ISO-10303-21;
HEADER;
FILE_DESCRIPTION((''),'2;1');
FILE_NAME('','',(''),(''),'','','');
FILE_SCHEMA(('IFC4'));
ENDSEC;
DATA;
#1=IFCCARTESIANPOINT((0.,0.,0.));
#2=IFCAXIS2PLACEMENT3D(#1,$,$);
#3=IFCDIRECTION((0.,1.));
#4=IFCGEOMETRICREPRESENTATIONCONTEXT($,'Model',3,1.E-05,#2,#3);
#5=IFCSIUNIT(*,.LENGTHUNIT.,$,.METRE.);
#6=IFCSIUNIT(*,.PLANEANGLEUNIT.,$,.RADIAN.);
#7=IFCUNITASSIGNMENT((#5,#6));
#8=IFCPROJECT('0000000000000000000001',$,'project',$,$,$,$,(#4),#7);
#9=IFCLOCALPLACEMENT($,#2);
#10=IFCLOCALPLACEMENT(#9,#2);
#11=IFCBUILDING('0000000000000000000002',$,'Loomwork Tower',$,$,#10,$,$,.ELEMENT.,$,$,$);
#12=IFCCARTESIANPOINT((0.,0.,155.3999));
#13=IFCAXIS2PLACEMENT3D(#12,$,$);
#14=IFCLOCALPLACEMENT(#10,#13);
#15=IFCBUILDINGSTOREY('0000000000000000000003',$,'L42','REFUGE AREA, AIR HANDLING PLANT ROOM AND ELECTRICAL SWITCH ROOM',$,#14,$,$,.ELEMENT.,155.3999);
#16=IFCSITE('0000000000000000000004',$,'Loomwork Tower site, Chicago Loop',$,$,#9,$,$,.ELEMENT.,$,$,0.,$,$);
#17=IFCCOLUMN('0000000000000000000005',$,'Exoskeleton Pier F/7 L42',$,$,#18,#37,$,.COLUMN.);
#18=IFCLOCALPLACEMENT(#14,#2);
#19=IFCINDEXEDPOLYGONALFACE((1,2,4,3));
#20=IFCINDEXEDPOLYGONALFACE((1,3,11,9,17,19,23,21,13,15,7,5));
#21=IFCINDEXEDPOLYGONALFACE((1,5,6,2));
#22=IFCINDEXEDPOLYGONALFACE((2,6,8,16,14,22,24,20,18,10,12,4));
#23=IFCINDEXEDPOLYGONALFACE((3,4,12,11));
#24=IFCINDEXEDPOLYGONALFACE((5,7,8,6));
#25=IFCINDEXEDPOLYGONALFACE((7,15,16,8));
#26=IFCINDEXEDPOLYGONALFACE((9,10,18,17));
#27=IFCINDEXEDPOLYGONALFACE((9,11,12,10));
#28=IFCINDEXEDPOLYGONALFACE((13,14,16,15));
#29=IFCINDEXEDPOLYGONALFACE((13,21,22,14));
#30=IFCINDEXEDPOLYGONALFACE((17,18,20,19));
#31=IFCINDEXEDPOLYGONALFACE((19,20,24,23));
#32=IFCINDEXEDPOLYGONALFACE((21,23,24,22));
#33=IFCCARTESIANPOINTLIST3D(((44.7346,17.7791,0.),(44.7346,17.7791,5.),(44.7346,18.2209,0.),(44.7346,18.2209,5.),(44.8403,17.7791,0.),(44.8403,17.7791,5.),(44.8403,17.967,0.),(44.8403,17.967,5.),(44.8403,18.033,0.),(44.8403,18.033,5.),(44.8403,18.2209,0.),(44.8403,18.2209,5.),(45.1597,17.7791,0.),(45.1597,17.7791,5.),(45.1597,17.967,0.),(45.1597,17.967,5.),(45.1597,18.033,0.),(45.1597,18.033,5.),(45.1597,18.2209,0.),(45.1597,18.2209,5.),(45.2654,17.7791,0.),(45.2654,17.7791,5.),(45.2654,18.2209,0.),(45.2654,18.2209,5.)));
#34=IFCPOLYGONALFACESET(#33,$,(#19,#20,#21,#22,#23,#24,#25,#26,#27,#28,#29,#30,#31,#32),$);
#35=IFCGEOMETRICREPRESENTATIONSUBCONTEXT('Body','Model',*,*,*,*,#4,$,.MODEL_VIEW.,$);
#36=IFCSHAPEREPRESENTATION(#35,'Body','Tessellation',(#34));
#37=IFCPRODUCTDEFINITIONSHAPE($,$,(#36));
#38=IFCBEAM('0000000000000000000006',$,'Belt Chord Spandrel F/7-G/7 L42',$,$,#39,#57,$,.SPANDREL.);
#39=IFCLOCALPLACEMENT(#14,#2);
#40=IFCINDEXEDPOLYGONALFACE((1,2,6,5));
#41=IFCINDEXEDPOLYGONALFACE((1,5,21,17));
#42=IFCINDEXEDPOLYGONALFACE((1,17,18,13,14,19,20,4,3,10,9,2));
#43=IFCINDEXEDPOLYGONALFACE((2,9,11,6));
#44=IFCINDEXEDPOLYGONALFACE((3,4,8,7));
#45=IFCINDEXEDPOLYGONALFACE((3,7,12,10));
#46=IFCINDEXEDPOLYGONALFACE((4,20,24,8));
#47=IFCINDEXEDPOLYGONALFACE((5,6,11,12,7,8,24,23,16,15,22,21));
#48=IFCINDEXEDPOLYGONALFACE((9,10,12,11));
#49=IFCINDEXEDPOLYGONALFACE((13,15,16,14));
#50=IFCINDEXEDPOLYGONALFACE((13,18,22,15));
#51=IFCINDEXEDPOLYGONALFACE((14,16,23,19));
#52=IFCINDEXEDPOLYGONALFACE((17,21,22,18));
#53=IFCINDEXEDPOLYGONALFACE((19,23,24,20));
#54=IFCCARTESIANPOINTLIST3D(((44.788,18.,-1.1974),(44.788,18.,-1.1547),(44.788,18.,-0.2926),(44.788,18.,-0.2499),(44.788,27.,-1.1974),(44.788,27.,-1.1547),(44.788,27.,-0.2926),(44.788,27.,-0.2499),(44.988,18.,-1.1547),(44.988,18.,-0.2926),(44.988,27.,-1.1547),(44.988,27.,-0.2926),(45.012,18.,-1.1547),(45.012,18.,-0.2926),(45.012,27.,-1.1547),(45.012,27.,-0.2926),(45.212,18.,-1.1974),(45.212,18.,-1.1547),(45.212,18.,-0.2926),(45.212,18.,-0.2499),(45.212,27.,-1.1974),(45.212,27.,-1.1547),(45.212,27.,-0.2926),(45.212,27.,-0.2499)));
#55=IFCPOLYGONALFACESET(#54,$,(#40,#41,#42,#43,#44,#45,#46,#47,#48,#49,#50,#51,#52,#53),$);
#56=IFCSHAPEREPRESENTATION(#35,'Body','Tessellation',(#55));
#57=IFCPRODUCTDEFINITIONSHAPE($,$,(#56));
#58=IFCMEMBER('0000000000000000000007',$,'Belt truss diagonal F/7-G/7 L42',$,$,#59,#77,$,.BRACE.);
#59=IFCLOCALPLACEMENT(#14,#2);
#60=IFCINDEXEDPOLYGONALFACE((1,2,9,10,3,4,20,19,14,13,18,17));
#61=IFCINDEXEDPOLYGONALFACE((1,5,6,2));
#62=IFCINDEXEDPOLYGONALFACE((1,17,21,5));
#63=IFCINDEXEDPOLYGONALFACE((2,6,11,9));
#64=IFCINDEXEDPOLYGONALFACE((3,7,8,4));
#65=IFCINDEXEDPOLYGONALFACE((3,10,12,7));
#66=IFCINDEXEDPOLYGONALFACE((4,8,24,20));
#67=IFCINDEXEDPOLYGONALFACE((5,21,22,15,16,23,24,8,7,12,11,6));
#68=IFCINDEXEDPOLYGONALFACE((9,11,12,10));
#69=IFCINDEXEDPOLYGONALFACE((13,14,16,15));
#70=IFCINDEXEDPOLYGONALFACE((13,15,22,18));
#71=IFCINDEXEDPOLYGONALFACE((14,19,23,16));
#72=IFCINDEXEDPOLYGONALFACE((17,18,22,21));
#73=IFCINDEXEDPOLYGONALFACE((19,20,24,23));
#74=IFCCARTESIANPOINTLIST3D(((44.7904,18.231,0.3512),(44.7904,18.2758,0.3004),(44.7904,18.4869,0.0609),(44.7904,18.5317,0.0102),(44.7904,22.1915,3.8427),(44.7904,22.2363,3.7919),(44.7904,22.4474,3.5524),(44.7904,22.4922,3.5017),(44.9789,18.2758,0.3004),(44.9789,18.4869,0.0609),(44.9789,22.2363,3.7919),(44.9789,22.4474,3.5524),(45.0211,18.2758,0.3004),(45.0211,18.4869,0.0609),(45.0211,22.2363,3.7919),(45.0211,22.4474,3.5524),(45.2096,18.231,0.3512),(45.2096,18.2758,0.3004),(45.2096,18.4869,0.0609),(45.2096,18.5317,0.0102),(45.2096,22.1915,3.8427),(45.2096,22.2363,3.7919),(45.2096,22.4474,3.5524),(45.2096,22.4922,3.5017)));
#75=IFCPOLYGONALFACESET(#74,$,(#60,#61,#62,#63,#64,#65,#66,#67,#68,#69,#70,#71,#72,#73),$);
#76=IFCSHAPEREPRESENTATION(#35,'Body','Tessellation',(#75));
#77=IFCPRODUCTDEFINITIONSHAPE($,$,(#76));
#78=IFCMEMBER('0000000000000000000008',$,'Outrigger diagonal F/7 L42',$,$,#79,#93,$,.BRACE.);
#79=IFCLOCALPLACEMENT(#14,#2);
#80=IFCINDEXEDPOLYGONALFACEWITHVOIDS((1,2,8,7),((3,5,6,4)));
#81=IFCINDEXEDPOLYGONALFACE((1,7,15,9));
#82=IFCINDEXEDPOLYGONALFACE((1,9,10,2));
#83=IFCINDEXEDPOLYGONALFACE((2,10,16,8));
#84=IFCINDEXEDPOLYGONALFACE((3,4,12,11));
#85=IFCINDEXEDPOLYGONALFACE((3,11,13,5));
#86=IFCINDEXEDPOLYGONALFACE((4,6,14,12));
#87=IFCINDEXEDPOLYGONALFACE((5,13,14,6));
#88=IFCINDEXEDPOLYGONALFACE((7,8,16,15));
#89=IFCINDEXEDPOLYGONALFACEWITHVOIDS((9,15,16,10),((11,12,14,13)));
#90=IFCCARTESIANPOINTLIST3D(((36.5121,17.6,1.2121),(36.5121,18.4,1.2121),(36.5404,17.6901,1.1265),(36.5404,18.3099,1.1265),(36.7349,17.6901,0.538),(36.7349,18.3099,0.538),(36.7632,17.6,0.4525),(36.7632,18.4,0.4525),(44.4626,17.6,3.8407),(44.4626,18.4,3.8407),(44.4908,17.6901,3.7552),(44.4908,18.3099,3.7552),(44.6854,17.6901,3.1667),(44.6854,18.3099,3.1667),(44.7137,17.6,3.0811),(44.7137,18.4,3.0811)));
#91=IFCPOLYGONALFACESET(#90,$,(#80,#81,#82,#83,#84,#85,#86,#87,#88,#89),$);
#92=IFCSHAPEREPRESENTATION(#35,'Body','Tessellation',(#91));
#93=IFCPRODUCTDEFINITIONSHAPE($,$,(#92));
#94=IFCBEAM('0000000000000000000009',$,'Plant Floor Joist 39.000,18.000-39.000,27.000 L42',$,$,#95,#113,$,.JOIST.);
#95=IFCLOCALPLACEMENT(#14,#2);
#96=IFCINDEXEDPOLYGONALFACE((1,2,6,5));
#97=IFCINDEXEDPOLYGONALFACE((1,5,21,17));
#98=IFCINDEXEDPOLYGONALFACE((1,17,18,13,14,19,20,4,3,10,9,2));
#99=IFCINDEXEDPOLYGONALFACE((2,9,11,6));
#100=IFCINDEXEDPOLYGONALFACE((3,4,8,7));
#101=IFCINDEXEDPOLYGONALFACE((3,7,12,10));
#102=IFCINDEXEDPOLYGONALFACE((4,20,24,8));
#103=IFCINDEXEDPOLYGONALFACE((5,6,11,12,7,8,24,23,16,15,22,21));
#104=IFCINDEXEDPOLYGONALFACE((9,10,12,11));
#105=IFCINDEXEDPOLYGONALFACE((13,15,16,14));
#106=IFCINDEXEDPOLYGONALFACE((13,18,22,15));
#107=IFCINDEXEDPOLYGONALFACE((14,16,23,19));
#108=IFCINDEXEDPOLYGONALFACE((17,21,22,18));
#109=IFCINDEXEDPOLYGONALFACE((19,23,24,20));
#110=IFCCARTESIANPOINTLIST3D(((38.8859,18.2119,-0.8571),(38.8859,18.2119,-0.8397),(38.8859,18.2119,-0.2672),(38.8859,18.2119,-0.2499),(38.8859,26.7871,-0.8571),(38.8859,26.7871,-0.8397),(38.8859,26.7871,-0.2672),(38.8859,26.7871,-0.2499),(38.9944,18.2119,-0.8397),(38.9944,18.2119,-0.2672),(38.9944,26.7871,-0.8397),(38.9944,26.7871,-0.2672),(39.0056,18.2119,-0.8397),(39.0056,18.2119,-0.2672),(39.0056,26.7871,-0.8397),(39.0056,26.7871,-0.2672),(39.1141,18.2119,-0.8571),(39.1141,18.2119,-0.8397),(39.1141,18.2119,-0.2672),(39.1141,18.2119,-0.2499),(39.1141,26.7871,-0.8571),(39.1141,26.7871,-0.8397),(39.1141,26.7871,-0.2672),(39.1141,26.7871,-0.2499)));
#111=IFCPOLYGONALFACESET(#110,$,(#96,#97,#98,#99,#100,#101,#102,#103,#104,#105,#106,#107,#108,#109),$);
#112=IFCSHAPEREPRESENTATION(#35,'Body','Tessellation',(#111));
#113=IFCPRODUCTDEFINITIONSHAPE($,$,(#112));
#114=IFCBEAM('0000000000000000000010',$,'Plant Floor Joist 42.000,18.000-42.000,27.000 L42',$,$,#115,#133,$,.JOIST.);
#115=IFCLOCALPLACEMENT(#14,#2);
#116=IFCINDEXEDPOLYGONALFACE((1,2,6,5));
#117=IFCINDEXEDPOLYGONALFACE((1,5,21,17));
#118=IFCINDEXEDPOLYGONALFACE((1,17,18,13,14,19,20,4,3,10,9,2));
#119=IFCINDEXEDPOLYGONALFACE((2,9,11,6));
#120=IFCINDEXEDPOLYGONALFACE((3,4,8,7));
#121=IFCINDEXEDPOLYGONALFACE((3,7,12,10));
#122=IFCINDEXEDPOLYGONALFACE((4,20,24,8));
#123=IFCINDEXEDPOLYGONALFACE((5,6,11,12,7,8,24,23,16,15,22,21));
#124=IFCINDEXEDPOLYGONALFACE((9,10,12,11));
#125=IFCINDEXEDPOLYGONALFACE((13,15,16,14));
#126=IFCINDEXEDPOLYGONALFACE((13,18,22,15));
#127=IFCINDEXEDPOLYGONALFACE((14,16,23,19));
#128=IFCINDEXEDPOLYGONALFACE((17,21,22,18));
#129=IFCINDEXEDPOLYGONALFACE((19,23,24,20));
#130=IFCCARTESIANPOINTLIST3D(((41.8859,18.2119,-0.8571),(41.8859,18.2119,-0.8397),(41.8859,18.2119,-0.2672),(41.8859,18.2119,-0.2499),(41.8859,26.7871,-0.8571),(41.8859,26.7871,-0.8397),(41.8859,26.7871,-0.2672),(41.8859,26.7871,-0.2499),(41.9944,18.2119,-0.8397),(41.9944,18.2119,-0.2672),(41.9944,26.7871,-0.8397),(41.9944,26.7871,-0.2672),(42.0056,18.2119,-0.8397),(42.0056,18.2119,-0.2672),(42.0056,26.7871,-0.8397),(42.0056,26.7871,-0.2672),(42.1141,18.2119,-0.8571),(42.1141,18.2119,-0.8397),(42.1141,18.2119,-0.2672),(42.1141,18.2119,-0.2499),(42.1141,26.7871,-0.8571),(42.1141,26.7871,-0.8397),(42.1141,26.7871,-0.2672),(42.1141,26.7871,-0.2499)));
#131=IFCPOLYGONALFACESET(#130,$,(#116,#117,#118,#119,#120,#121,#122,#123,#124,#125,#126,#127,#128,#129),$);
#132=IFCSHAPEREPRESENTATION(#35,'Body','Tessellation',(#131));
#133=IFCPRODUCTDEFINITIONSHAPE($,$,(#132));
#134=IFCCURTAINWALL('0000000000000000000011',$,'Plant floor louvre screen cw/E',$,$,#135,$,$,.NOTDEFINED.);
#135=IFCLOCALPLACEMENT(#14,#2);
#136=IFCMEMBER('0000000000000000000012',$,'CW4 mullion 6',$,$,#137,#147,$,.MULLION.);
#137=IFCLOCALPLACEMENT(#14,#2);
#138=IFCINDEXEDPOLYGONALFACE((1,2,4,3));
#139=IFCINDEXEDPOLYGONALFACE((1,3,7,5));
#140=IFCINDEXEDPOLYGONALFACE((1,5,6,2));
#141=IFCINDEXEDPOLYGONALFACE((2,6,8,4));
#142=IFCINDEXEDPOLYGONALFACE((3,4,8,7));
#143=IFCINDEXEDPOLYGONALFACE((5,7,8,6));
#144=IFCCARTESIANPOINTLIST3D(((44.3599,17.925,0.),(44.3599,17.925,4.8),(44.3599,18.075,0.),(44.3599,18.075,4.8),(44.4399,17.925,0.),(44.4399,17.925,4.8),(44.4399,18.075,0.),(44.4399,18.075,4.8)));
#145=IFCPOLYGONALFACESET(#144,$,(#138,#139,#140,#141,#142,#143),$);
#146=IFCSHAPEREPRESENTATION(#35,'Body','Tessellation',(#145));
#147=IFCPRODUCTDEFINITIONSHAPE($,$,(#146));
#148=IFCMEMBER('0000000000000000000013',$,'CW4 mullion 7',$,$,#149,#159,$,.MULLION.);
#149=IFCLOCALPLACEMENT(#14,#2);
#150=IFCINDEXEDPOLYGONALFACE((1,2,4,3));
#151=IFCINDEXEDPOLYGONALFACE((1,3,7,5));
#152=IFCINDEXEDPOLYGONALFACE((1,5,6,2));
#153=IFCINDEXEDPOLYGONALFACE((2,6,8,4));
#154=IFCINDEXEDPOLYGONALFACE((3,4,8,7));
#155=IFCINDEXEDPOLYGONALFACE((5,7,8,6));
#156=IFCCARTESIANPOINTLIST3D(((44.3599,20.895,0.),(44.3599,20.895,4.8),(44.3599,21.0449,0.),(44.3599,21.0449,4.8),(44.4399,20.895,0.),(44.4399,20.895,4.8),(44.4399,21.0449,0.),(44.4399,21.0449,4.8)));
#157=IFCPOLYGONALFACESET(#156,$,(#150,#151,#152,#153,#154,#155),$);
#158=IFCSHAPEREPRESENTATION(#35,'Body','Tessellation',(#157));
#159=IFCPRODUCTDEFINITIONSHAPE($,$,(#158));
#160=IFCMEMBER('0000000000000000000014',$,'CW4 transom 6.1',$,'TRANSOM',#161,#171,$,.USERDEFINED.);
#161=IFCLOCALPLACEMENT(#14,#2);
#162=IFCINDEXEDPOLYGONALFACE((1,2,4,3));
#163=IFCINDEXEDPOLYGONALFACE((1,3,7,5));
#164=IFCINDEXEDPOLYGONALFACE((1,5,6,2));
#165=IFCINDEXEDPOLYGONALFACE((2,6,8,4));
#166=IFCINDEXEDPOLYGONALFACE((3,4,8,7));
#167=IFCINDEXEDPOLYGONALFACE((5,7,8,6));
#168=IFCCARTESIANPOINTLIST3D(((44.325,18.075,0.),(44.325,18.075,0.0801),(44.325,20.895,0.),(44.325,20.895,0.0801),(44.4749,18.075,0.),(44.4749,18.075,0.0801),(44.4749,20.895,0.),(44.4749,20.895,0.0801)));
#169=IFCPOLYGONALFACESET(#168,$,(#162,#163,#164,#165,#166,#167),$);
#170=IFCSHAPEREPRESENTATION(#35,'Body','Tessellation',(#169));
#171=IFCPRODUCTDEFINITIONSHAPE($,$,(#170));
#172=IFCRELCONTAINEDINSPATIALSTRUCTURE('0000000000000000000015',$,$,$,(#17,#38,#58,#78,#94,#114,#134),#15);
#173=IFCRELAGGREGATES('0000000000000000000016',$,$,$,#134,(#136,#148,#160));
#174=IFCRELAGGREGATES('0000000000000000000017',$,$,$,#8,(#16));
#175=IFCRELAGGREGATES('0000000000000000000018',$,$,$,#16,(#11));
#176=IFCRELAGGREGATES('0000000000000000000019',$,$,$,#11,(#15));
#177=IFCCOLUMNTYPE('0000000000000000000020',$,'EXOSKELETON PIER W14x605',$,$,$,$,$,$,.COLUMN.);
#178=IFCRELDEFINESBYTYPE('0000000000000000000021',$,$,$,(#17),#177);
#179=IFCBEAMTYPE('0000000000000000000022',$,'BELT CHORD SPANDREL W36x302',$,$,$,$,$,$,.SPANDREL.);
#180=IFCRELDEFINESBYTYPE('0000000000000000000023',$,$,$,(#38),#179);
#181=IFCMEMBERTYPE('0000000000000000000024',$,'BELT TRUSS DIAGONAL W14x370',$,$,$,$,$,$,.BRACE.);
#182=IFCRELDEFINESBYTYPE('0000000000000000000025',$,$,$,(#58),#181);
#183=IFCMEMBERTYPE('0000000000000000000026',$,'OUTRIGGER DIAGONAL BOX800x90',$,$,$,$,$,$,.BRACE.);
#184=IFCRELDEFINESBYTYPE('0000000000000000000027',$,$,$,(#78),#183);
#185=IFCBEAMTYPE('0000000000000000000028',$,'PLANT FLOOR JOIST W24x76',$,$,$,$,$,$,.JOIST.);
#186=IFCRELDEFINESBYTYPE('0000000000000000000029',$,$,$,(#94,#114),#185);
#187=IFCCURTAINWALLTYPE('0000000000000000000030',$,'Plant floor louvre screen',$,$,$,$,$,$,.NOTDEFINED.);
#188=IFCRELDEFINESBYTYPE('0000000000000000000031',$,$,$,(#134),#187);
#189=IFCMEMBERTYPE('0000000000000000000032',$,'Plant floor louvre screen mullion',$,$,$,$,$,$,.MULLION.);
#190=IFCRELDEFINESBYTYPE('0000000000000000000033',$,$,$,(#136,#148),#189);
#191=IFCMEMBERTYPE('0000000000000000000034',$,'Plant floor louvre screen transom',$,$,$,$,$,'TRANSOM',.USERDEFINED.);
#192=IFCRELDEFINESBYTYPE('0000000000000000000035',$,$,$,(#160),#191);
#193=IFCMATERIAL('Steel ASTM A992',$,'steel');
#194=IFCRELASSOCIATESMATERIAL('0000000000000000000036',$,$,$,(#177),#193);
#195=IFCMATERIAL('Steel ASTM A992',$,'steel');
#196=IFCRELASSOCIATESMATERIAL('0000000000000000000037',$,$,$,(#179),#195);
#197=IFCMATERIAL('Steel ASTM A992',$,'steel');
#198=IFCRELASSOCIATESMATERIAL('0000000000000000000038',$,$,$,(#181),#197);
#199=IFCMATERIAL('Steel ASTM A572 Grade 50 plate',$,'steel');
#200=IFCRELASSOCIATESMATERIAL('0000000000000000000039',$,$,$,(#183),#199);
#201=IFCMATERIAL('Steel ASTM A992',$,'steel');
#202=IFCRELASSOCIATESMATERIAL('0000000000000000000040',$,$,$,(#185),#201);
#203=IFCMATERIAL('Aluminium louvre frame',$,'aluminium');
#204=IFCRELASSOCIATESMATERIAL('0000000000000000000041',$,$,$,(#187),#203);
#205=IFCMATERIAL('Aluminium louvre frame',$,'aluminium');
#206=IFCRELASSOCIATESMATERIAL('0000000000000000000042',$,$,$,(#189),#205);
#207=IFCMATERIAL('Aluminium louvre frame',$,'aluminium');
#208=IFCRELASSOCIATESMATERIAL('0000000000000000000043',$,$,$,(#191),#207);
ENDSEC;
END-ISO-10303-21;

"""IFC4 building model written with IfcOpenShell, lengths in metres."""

from ifc_helpers import new_model, si_unit, direction, frame, origin, origin_2d, place, context, subcontext, project, spatial, rectangle, hollow_rectangle, i_section, extrude, material, material_profile, profile_set, type_object, element, aggregate, save


model = new_model("IFC4")

# Units and contexts
model_context = context("Model", 3, precision=1e-05, world=origin(), true_north=direction((0.0, 1.0)))
body_context = subcontext(model_context, "Body", "Model", "MODEL_VIEW")
ifc_project = project(units=[si_unit("LENGTHUNIT", "METRE"), si_unit("PLANEANGLEUNIT", "RADIAN")], contexts=[model_context])

# Site, building, storey
site_placement = place(None, origin())
site = spatial("IfcSite", under=ifc_project, at=site_placement, Name="Loomwork Tower site, Chicago Loop", CompositionType="ELEMENT", RefElevation=0.0)
building_placement = place(site_placement, origin())
building = spatial("IfcBuilding", under=site, at=building_placement, Name="Loomwork Tower", CompositionType="ELEMENT")
storey_placement = place(building_placement, frame((0.0, 0.0, 155.3999)))
storey = spatial("IfcBuildingStorey", under=building, at=storey_placement, Name="L42", Description="REFUGE AREA, AIR HANDLING PLANT ROOM AND ELECTRICAL SWITCH ROOM", CompositionType="ELEMENT", Elevation=155.3999)

# Column
ifc_material_1 = material(Name="Steel ASTM A992", Category="steel")
ifc_material_profile_1 = material_profile(ifc_material_1, i_section(OverallWidth=0.4419, OverallDepth=0.5308, WebThickness=0.0659, FlangeThickness=0.1057, at=origin_2d()), Name="W14x605")
ifc_profile_set_1 = profile_set([ifc_material_profile_1], Name="Steel ASTM A992")
column_type = type_object("IfcColumnType", Name="EXOSKELETON PIER W14x605", PredefinedType="COLUMN", material=ifc_profile_set_1)
column_placement = place(storey_placement, frame((45.0, 18.0, 0.0), z_axis=(0.0, 0.0, 1.0), x_axis=(0.0, 1.0, 0.0)))
element("IfcColumn", 1, at=column_placement, inside=storey, type_object=column_type, Name="Exoskeleton Pier F/7 L42", PredefinedType="COLUMN", context=body_context, shape_type="SweptSolid", body=[
    extrude(i_section(OverallWidth=0.4419, OverallDepth=0.5308, WebThickness=0.0659, FlangeThickness=0.1057, at=origin_2d()), origin(), (0.0, 0.0, 1.0), 5.0),
])

# Beam
ifc_material_2 = material(Name="Steel ASTM A992", Category="steel")
ifc_material_profile_2 = material_profile(ifc_material_2, i_section(OverallWidth=0.4241, OverallDepth=0.9475, WebThickness=0.0239, FlangeThickness=0.0427, at=origin_2d()), Name="W36x302")
ifc_profile_set_2 = profile_set([ifc_material_profile_2], Name="Steel ASTM A992")
beam_type_1 = type_object("IfcBeamType", Name="BELT CHORD SPANDREL W36x302", PredefinedType="SPANDREL", material=ifc_profile_set_2)
beam_placement = place(storey_placement, frame((45.0, 18.0, -0.7236), z_axis=(0.0, 1.0, 0.0), x_axis=(-1.0, 0.0, 0.0)))
element("IfcBeam", 2, at=beam_placement, inside=storey, type_object=beam_type_1, Name="Belt Chord Spandrel F/7-G/7 L42", PredefinedType="SPANDREL", context=body_context, shape_type="SweptSolid", body=[
    extrude(i_section(OverallWidth=0.4241, OverallDepth=0.9475, WebThickness=0.0239, FlangeThickness=0.0427, at=origin_2d()), origin(), (0.0, 0.0, 1.0), 9.0),
])

# Members
ifc_material_3 = material(Name="Steel ASTM A992", Category="steel")
ifc_material_profile_3 = material_profile(ifc_material_3, i_section(OverallWidth=0.4192, OverallDepth=0.4546, WebThickness=0.0422, FlangeThickness=0.0676, at=origin_2d()), Name="W14x370")
ifc_profile_set_3 = profile_set([ifc_material_profile_3], Name="Steel ASTM A992")
member_type_1 = type_object("IfcMemberType", Name="BELT TRUSS DIAGONAL W14x370", PredefinedType="BRACE", material=ifc_profile_set_3)
member_1_placement = place(storey_placement, frame((45.0, 18.3813, 0.1807), z_axis=(0.0, 0.750125, 0.661296), x_axis=(-1.0, 0.0, 0.0)))
element("IfcMember", 3, at=member_1_placement, inside=storey, type_object=member_type_1, Name="Belt truss diagonal F/7-G/7 L42", PredefinedType="BRACE", context=body_context, shape_type="SweptSolid", body=[
    extrude(i_section(OverallWidth=0.4192, OverallDepth=0.4546, WebThickness=0.0422, FlangeThickness=0.0676, at=origin_2d()), origin(), (0.0, 0.0, 1.0), 5.2798),
])
ifc_material_4 = material(Name="Steel ASTM A572 Grade 50 plate", Category="steel")
ifc_material_profile_4 = material_profile(ifc_material_4, hollow_rectangle(XDim=0.8, YDim=0.8, WallThickness=0.0901, at=origin_2d()), Name="BOX800x90")
ifc_profile_set_4 = profile_set([ifc_material_profile_4], Name="Steel ASTM A572 Grade 50 plate")
member_type_2 = type_object("IfcMemberType", Name="OUTRIGGER DIAGONAL BOX800x90", PredefinedType="BRACE", material=ifc_profile_set_4)
member_2_placement = place(storey_placement, frame((44.5881, 18.0, 3.4609), z_axis=(-0.94945, 0.0, -0.313918), x_axis=(0.0, -1.0, 0.0)))
element("IfcMember", 4, at=member_2_placement, inside=storey, type_object=member_type_2, Name="Outrigger diagonal F/7 L42", PredefinedType="BRACE", context=body_context, shape_type="SweptSolid", body=[
    extrude(hollow_rectangle(XDim=0.8, YDim=0.8, WallThickness=0.0901, at=origin_2d()), origin(), (0.0, 0.0, 1.0), 8.3738),
])

# Beams
ifc_material_5 = material(Name="Steel ASTM A992", Category="steel")
ifc_material_profile_5 = material_profile(ifc_material_5, i_section(OverallWidth=0.2283, OverallDepth=0.6072, WebThickness=0.0112, FlangeThickness=0.0173, at=origin_2d()), Name="W24x76")
ifc_profile_set_5 = profile_set([ifc_material_profile_5], Name="Steel ASTM A992")
beam_type_2 = type_object("IfcBeamType", Name="PLANT FLOOR JOIST W24x76", PredefinedType="JOIST", material=ifc_profile_set_5)
for number, where, z_axis, x_axis, name in (
    (5, (39.0, 18.2119, -0.5535), (0.0, 1.0, 0.0), (-1.0, 0.0, 0.0), "Plant Floor Joist 39.000,18.000-39.000,27.000 L42"),
    (6, (42.0, 18.2119, -0.5535), (0.0, 1.0, 0.0), (-1.0, 0.0, 0.0), "Plant Floor Joist 42.000,18.000-42.000,27.000 L42"),
):
    element("IfcBeam", number, at=place(storey_placement, frame(where, z_axis=z_axis, x_axis=x_axis)), inside=storey, type_object=beam_type_2, Name=name, PredefinedType="JOIST", context=body_context, shape_type="SweptSolid", body=[
        extrude(i_section(OverallWidth=0.2283, OverallDepth=0.6072, WebThickness=0.0112, FlangeThickness=0.0173, at=origin_2d()), origin(), (0.0, 0.0, 1.0), 8.5752),
    ])

# Curtain wall, members
ifc_material_6 = material(Name="Aluminium louvre frame", Category="aluminium")
curtain_wall_type = type_object("IfcCurtainWallType", Name="Plant floor louvre screen", PredefinedType="NOTDEFINED", material=ifc_material_6)
curtain_wall_placement = place(storey_placement, origin())
curtain_wall = element("IfcCurtainWall", 7, at=curtain_wall_placement, inside=storey, type_object=curtain_wall_type, Name="Plant floor louvre screen cw/E", PredefinedType="NOTDEFINED")
ifc_material_7 = material(Name="Aluminium louvre frame", Category="aluminium")
ifc_material_profile_6 = material_profile(ifc_material_7, rectangle(XDim=0.0801, YDim=0.1499, at=origin_2d()), Name="AL 80x150")
ifc_profile_set_6 = profile_set([ifc_material_profile_6], Name="Aluminium louvre frame")
member_type_3 = type_object("IfcMemberType", Name="Plant floor louvre screen mullion", PredefinedType="MULLION", material=ifc_profile_set_6)
member_3_placement = place(storey_placement, frame((44.3999, 18.0, 0.0), z_axis=(0.0, 0.0, 1.0), x_axis=(-1.0, 0.0, 0.0)))
member_3 = element("IfcMember", 8, at=member_3_placement, type_object=member_type_3, Name="CW4 mullion 6", PredefinedType="MULLION", context=body_context, shape_type="SweptSolid", body=[
    extrude(rectangle(XDim=0.0801, YDim=0.1499, at=origin_2d()), origin(), (0.0, 0.0, 1.0), 4.8),
])
member_4_placement = place(storey_placement, frame((44.3999, 20.97, 0.0), z_axis=(0.0, 0.0, 1.0), x_axis=(-1.0, 0.0, 0.0)))
member_4 = element("IfcMember", 9, at=member_4_placement, type_object=member_type_3, Name="CW4 mullion 7", PredefinedType="MULLION", context=body_context, shape_type="SweptSolid", body=[
    extrude(rectangle(XDim=0.0801, YDim=0.1499, at=origin_2d()), origin(), (0.0, 0.0, 1.0), 4.8),
])
ifc_material_8 = material(Name="Aluminium louvre frame", Category="aluminium")
ifc_material_profile_7 = material_profile(ifc_material_8, rectangle(XDim=0.1499, YDim=0.0801, at=origin_2d()), Name="AL 80x150")
ifc_profile_set_7 = profile_set([ifc_material_profile_7], Name="Aluminium louvre frame")
member_type_4 = type_object("IfcMemberType", Name="Plant floor louvre screen transom", ElementType="TRANSOM", PredefinedType="USERDEFINED", material=ifc_profile_set_7)
member_5_placement = place(storey_placement, frame((44.3999, 18.075, 0.04), z_axis=(0.0, 1.0, 0.0), x_axis=(-1.0, 0.0, 0.0)))
member_5 = element("IfcMember", 10, at=member_5_placement, type_object=member_type_4, Name="CW4 transom 6.1", ObjectType="TRANSOM", PredefinedType="USERDEFINED", context=body_context, shape_type="SweptSolid", body=[
    extrude(rectangle(XDim=0.1499, YDim=0.0801, at=origin_2d()), origin(), (0.0, 0.0, 1.0), 2.8201),
])

aggregate(curtain_wall, [member_3, member_4, member_5])

save(model, "model.ifc")
